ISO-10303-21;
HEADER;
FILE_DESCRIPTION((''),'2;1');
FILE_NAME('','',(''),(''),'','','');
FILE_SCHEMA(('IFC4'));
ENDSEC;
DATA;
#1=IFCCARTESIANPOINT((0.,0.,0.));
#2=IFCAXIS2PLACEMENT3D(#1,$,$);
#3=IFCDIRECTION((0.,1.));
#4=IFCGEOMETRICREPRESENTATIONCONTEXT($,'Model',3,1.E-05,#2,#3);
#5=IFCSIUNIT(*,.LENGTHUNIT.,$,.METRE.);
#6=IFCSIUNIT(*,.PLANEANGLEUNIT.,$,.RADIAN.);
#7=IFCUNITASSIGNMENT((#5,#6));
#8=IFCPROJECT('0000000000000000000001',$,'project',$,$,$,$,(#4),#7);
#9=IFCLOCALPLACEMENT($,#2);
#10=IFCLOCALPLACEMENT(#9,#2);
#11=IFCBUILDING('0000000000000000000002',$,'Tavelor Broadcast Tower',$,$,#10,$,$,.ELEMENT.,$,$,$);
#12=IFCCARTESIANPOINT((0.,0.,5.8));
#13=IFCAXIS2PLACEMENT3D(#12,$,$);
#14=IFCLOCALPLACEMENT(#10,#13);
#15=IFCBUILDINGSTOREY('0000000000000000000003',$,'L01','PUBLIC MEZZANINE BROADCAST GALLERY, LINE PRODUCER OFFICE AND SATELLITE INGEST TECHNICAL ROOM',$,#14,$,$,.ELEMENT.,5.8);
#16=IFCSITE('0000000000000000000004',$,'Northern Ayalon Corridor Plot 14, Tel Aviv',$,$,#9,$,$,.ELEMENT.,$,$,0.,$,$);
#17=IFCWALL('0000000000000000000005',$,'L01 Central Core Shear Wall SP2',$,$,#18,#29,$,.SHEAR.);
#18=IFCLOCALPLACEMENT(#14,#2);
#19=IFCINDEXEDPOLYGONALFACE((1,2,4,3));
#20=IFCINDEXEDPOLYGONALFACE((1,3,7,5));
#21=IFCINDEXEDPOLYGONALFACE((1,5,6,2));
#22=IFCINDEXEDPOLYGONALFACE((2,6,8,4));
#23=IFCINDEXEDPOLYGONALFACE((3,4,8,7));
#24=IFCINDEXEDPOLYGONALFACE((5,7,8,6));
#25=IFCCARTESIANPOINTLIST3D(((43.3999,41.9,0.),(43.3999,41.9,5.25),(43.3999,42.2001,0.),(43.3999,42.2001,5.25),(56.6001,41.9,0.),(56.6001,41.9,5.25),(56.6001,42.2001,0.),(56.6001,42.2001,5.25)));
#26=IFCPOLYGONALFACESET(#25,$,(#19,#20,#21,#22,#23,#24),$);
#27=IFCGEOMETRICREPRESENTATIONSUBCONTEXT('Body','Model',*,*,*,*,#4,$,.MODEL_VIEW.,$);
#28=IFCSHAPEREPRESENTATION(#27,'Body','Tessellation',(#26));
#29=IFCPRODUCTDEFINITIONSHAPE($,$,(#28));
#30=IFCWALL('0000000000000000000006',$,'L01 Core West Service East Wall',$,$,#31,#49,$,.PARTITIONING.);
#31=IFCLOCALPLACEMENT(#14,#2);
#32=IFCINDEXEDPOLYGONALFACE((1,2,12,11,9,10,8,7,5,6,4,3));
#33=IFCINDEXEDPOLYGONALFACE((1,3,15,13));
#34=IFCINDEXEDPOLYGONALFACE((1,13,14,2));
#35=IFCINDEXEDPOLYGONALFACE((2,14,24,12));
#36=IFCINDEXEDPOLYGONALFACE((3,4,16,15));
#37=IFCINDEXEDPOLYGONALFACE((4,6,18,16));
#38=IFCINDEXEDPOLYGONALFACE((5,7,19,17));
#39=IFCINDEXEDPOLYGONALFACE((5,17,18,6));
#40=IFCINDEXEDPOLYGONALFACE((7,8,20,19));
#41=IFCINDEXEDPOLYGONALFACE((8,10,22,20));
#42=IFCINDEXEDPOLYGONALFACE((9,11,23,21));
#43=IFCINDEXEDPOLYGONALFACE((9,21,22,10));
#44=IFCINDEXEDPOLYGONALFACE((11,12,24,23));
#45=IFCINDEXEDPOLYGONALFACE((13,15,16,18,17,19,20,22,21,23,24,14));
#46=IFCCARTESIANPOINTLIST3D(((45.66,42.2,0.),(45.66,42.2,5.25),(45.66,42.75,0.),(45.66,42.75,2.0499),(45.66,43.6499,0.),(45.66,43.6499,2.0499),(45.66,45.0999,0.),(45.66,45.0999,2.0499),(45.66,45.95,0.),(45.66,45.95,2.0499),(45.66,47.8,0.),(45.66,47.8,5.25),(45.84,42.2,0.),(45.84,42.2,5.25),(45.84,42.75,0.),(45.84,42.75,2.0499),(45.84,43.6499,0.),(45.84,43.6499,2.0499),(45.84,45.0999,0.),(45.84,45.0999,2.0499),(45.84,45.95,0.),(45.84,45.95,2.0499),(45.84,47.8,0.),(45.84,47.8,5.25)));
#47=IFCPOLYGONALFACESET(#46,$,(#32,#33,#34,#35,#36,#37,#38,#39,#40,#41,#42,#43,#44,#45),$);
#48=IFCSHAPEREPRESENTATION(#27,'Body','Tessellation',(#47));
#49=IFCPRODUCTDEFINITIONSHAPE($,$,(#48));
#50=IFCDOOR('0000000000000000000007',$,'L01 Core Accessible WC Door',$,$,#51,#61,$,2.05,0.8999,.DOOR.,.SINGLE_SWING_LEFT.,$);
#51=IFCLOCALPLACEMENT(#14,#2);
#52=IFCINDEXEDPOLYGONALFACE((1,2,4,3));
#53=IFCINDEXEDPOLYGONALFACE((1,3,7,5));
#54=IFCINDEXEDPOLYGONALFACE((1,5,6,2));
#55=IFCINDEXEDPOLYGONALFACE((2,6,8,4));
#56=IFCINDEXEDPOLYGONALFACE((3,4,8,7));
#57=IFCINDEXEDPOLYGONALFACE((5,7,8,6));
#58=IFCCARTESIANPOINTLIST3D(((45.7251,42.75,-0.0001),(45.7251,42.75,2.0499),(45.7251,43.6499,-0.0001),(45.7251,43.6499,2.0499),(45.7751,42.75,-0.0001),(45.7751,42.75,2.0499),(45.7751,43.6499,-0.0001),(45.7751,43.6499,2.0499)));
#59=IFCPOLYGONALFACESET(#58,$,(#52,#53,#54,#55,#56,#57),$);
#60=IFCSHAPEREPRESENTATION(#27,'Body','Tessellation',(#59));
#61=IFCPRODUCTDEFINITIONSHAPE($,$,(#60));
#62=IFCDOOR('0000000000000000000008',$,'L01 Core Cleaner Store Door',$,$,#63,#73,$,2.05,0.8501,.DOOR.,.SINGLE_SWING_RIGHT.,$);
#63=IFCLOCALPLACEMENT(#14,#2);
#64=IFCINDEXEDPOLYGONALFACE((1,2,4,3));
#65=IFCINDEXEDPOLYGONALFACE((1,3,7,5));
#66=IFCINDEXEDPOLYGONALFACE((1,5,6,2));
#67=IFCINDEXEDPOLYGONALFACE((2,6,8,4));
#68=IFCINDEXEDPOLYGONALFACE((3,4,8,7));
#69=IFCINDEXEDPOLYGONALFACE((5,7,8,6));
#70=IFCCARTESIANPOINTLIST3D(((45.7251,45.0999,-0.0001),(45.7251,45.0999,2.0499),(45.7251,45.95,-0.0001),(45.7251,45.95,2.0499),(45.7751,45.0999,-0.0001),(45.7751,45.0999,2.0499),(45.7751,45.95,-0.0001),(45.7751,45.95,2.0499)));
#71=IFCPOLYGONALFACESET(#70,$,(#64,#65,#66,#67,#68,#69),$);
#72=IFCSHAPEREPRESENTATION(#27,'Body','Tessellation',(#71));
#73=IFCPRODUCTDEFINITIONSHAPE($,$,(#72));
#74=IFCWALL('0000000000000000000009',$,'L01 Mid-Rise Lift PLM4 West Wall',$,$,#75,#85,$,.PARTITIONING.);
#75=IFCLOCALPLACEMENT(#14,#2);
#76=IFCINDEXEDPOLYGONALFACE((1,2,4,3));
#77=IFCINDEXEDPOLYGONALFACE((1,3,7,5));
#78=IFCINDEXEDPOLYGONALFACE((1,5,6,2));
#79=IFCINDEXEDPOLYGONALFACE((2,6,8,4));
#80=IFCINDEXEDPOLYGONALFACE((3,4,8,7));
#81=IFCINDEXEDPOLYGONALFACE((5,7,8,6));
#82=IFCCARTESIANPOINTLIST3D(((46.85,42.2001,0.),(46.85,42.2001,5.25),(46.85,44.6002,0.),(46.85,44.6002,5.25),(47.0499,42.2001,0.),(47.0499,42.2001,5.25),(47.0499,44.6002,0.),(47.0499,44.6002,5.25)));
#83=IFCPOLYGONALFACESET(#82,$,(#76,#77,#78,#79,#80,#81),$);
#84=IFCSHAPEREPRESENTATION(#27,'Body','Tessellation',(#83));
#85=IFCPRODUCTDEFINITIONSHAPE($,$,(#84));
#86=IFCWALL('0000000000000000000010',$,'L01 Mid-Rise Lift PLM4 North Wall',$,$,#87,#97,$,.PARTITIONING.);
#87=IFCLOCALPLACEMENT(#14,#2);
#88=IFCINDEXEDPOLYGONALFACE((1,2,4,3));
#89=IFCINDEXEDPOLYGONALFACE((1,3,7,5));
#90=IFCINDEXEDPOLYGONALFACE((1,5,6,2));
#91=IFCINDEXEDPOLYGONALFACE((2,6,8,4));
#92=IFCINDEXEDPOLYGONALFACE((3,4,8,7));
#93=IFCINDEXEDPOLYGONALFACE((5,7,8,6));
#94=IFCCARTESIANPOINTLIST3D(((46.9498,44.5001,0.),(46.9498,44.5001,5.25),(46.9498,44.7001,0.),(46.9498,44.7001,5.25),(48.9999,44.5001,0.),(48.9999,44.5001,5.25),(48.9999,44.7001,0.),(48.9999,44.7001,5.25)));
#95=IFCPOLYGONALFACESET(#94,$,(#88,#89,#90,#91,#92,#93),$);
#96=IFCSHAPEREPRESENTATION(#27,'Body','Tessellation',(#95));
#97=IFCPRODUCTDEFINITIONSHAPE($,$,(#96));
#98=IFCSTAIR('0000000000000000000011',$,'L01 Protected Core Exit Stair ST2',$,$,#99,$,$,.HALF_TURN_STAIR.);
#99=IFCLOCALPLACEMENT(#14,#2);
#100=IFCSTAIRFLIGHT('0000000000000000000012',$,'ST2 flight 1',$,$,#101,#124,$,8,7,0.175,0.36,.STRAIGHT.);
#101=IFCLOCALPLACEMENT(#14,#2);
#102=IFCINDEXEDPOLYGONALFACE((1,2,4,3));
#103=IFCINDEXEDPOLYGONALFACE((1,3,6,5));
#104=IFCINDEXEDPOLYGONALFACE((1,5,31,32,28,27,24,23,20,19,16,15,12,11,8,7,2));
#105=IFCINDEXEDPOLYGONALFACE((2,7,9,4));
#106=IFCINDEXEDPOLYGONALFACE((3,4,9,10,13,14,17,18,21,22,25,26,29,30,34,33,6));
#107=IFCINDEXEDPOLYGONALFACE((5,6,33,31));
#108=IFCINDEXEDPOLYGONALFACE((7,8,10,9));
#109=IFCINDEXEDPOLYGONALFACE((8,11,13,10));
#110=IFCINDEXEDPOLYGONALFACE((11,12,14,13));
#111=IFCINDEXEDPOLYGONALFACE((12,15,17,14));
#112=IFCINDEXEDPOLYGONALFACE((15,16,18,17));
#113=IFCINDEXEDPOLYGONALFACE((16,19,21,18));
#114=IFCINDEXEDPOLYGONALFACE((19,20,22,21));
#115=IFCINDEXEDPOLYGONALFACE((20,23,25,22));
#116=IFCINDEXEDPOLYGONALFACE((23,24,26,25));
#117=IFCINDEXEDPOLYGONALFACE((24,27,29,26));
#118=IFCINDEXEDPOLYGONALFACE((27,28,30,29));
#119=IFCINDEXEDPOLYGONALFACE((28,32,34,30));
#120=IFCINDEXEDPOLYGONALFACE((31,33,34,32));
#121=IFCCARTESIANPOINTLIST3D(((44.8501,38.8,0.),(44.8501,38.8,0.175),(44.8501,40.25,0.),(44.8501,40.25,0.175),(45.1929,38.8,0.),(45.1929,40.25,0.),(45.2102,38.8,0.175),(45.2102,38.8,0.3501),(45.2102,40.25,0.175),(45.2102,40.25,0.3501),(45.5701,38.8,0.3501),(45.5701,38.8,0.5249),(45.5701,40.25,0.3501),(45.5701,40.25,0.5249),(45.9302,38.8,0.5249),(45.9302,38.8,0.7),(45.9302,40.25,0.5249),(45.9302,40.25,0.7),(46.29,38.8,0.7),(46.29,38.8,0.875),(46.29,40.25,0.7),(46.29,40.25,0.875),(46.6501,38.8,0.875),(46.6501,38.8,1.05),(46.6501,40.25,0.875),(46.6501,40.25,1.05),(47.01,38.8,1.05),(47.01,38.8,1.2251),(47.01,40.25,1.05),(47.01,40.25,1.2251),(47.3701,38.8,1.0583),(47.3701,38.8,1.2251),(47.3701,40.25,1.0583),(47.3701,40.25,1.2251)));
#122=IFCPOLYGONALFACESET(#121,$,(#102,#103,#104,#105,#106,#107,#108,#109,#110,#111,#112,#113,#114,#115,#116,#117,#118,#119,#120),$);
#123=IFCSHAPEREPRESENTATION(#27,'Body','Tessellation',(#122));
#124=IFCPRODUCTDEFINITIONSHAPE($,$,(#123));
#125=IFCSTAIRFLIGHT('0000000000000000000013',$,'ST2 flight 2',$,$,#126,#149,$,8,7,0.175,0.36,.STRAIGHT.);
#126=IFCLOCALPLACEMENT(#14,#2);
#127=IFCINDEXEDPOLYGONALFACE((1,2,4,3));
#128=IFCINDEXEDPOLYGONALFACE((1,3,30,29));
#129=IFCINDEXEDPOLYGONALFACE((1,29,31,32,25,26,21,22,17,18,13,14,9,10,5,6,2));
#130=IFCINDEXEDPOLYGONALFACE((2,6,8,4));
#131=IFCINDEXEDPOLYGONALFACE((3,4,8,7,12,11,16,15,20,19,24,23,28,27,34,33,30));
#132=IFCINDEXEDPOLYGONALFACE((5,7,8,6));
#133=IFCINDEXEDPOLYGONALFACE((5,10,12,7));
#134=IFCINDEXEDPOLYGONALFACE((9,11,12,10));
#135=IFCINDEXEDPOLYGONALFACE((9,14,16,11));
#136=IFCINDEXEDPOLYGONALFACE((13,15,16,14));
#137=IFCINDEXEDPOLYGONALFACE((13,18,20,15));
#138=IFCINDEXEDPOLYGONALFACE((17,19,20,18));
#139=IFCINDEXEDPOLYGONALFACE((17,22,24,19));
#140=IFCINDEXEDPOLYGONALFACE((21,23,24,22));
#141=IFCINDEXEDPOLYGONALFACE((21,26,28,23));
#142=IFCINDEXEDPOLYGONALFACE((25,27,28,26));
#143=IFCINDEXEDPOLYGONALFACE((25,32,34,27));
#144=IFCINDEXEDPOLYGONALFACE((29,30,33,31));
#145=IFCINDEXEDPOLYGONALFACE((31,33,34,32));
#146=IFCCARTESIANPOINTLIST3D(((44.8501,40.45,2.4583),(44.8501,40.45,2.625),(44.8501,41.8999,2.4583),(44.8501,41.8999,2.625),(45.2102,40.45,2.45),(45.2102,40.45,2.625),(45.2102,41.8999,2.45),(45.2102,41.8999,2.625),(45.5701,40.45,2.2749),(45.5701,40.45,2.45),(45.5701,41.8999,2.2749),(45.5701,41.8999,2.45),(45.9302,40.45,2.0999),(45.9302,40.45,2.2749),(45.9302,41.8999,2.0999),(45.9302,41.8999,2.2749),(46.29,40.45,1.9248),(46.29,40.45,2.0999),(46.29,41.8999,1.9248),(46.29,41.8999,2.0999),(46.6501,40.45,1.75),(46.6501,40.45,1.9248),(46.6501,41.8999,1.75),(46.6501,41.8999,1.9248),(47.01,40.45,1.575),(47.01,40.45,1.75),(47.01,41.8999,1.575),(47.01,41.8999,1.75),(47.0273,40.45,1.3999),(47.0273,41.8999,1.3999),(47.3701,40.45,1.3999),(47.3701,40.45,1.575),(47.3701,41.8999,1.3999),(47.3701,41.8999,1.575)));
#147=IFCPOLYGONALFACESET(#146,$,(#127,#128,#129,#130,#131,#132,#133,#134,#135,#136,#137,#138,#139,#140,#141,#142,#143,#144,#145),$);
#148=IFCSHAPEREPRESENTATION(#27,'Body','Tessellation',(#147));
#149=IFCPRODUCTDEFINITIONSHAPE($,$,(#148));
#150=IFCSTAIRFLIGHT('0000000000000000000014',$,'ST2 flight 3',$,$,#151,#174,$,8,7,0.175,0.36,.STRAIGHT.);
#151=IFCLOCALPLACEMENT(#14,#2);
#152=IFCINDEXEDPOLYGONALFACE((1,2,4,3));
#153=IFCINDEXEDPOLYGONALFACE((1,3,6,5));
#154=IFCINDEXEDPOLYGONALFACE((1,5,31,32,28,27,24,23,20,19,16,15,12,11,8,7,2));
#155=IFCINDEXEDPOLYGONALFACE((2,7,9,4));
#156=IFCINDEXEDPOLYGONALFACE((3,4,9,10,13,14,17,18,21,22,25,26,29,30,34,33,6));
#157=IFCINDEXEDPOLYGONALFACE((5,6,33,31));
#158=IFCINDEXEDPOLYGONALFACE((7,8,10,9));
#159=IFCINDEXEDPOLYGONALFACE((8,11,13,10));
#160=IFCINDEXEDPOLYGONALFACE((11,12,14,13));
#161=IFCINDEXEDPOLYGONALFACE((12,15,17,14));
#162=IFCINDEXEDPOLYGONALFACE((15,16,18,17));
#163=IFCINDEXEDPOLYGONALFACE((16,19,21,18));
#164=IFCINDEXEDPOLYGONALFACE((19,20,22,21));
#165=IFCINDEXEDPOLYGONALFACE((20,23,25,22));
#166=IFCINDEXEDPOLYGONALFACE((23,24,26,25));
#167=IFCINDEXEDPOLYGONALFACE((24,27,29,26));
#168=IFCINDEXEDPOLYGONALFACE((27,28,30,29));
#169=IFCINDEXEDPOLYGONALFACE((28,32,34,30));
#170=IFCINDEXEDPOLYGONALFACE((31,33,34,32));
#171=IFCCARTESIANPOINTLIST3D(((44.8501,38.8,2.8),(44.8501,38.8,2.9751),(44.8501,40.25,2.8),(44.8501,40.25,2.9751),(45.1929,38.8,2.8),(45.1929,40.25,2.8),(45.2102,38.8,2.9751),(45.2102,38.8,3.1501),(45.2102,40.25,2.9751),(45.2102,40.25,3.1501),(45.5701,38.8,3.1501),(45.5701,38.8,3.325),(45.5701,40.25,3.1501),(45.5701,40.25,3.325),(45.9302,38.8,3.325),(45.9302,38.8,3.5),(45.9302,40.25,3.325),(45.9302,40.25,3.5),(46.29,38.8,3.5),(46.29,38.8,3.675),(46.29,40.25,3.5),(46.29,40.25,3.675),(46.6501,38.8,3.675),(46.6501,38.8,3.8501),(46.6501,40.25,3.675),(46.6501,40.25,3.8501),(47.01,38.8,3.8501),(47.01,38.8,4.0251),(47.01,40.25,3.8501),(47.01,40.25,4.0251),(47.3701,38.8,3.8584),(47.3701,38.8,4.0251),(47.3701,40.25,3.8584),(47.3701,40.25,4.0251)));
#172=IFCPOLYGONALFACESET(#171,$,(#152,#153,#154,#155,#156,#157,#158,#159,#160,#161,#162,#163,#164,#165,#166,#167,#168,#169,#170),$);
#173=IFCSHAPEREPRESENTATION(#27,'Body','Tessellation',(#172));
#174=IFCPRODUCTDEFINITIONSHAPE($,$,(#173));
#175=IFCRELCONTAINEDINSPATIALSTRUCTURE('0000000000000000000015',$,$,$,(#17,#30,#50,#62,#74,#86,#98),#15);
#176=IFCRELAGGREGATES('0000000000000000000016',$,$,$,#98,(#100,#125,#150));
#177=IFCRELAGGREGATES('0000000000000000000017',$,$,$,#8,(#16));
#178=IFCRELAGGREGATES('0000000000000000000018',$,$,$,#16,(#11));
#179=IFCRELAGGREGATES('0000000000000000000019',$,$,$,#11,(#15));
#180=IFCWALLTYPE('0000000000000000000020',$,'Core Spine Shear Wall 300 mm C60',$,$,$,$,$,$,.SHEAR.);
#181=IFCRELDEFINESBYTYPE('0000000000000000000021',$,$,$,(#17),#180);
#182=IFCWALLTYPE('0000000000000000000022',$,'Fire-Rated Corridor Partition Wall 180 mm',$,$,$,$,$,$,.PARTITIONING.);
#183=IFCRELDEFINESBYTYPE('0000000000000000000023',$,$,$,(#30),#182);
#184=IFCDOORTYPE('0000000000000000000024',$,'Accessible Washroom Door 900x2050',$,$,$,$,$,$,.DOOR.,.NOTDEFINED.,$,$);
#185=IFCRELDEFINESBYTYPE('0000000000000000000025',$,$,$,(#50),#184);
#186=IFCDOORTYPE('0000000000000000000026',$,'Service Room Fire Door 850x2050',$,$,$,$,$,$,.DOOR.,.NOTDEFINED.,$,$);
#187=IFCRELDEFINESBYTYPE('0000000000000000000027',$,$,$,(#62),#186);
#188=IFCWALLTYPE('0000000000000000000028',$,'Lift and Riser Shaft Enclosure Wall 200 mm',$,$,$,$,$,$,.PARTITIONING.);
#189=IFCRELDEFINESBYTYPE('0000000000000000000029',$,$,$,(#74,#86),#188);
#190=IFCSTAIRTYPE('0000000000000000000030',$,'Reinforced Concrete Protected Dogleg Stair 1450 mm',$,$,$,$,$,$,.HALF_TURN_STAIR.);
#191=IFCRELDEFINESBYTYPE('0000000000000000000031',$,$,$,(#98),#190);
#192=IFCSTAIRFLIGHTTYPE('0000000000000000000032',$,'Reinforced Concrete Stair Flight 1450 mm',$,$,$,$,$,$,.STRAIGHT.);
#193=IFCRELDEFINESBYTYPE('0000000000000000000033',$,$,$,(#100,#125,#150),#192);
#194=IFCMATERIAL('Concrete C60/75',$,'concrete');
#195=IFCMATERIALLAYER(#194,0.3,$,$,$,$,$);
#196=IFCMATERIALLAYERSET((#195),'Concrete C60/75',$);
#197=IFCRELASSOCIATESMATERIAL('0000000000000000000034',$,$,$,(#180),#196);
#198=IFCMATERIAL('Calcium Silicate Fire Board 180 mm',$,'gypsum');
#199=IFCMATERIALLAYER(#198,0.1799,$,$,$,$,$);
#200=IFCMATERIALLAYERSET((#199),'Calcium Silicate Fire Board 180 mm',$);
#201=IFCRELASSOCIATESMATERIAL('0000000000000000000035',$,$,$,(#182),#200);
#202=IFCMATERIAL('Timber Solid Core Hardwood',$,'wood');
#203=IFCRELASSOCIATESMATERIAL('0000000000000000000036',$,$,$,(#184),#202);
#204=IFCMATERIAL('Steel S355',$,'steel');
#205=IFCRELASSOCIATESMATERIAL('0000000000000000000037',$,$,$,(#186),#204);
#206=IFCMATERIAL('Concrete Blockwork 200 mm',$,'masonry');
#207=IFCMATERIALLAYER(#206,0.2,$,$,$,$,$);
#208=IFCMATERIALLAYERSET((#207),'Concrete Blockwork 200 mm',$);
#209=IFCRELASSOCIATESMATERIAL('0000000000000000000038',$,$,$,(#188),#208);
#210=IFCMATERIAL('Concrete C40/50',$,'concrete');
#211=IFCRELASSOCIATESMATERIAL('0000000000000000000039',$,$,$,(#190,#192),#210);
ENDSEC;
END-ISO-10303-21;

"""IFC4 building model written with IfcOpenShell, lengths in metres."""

from ifc_helpers import new_model, si_unit, direction, frame, frame_2d, origin, place, context, subcontext, project, spatial, polyline, rectangle, outline, extrude, material, layer, layer_set, type_object, element, fill, aggregate, save


model = new_model("IFC4")

# Units and contexts
model_context = context("Model", 3, precision=1e-05, world=origin(), true_north=direction((0.0, 1.0)))
body_context = subcontext(model_context, "Body", "Model", "MODEL_VIEW")
ifc_project = project(units=[si_unit("LENGTHUNIT", "METRE"), si_unit("PLANEANGLEUNIT", "RADIAN")], contexts=[model_context])

# Site, building, storey
site_placement = place(None, origin())
site = spatial("IfcSite", under=ifc_project, at=site_placement, Name="Northern Ayalon Corridor Plot 14, Tel Aviv", CompositionType="ELEMENT", RefElevation=0.0)
building_placement = place(site_placement, origin())
building = spatial("IfcBuilding", under=site, at=building_placement, Name="Tavelor Broadcast Tower", CompositionType="ELEMENT")
storey_placement = place(building_placement, frame((0.0, 0.0, 5.8)))
storey = spatial("IfcBuildingStorey", under=building, at=storey_placement, Name="L01", Description="PUBLIC MEZZANINE BROADCAST GALLERY, LINE PRODUCER OFFICE AND SATELLITE INGEST TECHNICAL ROOM", CompositionType="ELEMENT", Elevation=5.8)

# Wall
ifc_material_1 = material(Name="Concrete C60/75", Category="concrete")
ifc_layer_1 = layer(ifc_material_1, 0.3)
ifc_layer_set_1 = layer_set([ifc_layer_1], Name="Concrete C60/75")
wall_type_1 = type_object("IfcWallType", Name="Core Spine Shear Wall 300 mm C60", PredefinedType="SHEAR", material=ifc_layer_set_1)
wall_1_placement = place(storey_placement, frame((43.3999, 42.05, 0.0), z_axis=(0.0, 0.0, 1.0), x_axis=(1.0, 0.0, 0.0)))
element("IfcWall", 1, at=wall_1_placement, inside=storey, type_object=wall_type_1, Name="L01 Central Core Shear Wall SP2", PredefinedType="SHEAR", context=body_context, shape_type="SweptSolid", body=[
    extrude(rectangle(XDim=13.2002, YDim=0.3, at=frame_2d((6.6001, 0.0))), origin(), (0.0, 0.0, 1.0), 5.25),
])

# Wall, openings, doors
ifc_material_2 = material(Name="Calcium Silicate Fire Board 180 mm", Category="gypsum")
ifc_layer_2 = layer(ifc_material_2, 0.1799)
ifc_layer_set_2 = layer_set([ifc_layer_2], Name="Calcium Silicate Fire Board 180 mm")
wall_type_2 = type_object("IfcWallType", Name="Fire-Rated Corridor Partition Wall 180 mm", PredefinedType="PARTITIONING", material=ifc_layer_set_2)
wall_2_placement = place(storey_placement, frame((45.75, 42.2, 0.0), z_axis=(0.0, 0.0, 1.0), x_axis=(0.0, 1.0, 0.0)))
wall_2 = element("IfcWall", 2, at=wall_2_placement, inside=storey, type_object=wall_type_2, Name="L01 Core West Service East Wall", PredefinedType="PARTITIONING", context=body_context, shape_type="SweptSolid", body=[
    extrude(rectangle(XDim=5.6001, YDim=0.1799, at=frame_2d((2.8, 0.0))), origin(), (0.0, 0.0, 1.0), 5.25),
])
opening_1_placement = place(wall_2_placement, frame((0.55, 0.0, 0.0)))
opening_1 = element("IfcOpeningElement", 3, at=opening_1_placement, cuts=wall_2, PredefinedType="OPENING", context=body_context, shape_type="SweptSolid", body=[
    extrude(rectangle(XDim=0.8999, YDim=2.05, at=frame_2d((0.45, 1.0249))), frame((0.0, 0.1001, 0.0), z_axis=(0.0, -1.0, 0.0), x_axis=(1.0, 0.0, 0.0)), (0.0, 0.0, 1.0), 0.2),
])
opening_2_placement = place(wall_2_placement, frame((2.8999, 0.0, 0.0)))
opening_2 = element("IfcOpeningElement", 4, at=opening_2_placement, cuts=wall_2, PredefinedType="OPENING", context=body_context, shape_type="SweptSolid", body=[
    extrude(rectangle(XDim=0.8501, YDim=2.05, at=frame_2d((0.425, 1.0249))), frame((0.0, 0.1001, 0.0), z_axis=(0.0, -1.0, 0.0), x_axis=(1.0, 0.0, 0.0)), (0.0, 0.0, 1.0), 0.2),
])
ifc_material_3 = material(Name="Timber Solid Core Hardwood", Category="wood")
door_type_1 = type_object("IfcDoorType", Name="Accessible Washroom Door 900x2050", OperationType="NOTDEFINED", PredefinedType="DOOR", material=ifc_material_3)
door_1_placement = place(opening_1_placement, origin())
door_1 = element("IfcDoor", 5, at=door_1_placement, inside=storey, type_object=door_type_1, Name="L01 Core Accessible WC Door", OperationType="SINGLE_SWING_LEFT", OverallHeight=2.05, OverallWidth=0.8999, PredefinedType="DOOR", context=body_context, shape_type="SweptSolid", body=[
    extrude(rectangle(XDim=0.8999, YDim=2.05, at=frame_2d((0.45, 1.0249))), frame((0.0, 0.0249, 0.0), z_axis=(0.0, -1.0, 0.0), x_axis=(1.0, 0.0, 0.0)), (0.0, 0.0, 1.0), 0.05),
])
fill(opening_1, door_1)
ifc_material_4 = material(Name="Steel S355", Category="steel")
door_type_2 = type_object("IfcDoorType", Name="Service Room Fire Door 850x2050", OperationType="NOTDEFINED", PredefinedType="DOOR", material=ifc_material_4)
door_2_placement = place(opening_2_placement, origin())
door_2 = element("IfcDoor", 6, at=door_2_placement, inside=storey, type_object=door_type_2, Name="L01 Core Cleaner Store Door", OperationType="SINGLE_SWING_RIGHT", OverallHeight=2.05, OverallWidth=0.8501, PredefinedType="DOOR", context=body_context, shape_type="SweptSolid", body=[
    extrude(rectangle(XDim=0.8501, YDim=2.05, at=frame_2d((0.425, 1.0249))), frame((0.0, 0.0249, 0.0), z_axis=(0.0, -1.0, 0.0), x_axis=(1.0, 0.0, 0.0)), (0.0, 0.0, 1.0), 0.05),
])
fill(opening_2, door_2)

# Walls
ifc_material_5 = material(Name="Concrete Blockwork 200 mm", Category="masonry")
ifc_layer_3 = layer(ifc_material_5, 0.2)
ifc_layer_set_3 = layer_set([ifc_layer_3], Name="Concrete Blockwork 200 mm")
wall_type_3 = type_object("IfcWallType", Name="Lift and Riser Shaft Enclosure Wall 200 mm", PredefinedType="PARTITIONING", material=ifc_layer_set_3)
wall_3_placement = place(storey_placement, frame((46.95, 42.2, 0.0), z_axis=(0.0, 0.0, 1.0), x_axis=(0.0, 1.0, 0.0)))
element("IfcWall", 7, at=wall_3_placement, inside=storey, type_object=wall_type_3, Name="L01 Mid-Rise Lift PLM4 West Wall", PredefinedType="PARTITIONING", context=body_context, shape_type="SweptSolid", body=[
    extrude(rectangle(XDim=2.4001, YDim=0.2, at=frame_2d((1.2002, 0.0))), origin(), (0.0, 0.0, 1.0), 5.25),
])
wall_4_placement = place(storey_placement, frame((46.95, 44.6001, 0.0), z_axis=(0.0, 0.0, 1.0), x_axis=(1.0, 0.0, 0.0)))
element("IfcWall", 8, at=wall_4_placement, inside=storey, type_object=wall_type_3, Name="L01 Mid-Rise Lift PLM4 North Wall", PredefinedType="PARTITIONING", context=body_context, shape_type="SweptSolid", body=[
    extrude(rectangle(XDim=2.05, YDim=0.2, at=frame_2d((1.0249, 0.0))), origin(), (0.0, 0.0, 1.0), 5.25),
])

# Stair, stair flights
ifc_material_6 = material(Name="Concrete C40/50", Category="concrete")
stair_type = type_object("IfcStairType", Name="Reinforced Concrete Protected Dogleg Stair 1450 mm", PredefinedType="HALF_TURN_STAIR", material=ifc_material_6)
stair_placement = place(storey_placement, origin())
stair = element("IfcStair", 9, at=stair_placement, inside=storey, type_object=stair_type, Name="L01 Protected Core Exit Stair ST2", PredefinedType="HALF_TURN_STAIR")
stair_flight_type = type_object("IfcStairFlightType", Name="Reinforced Concrete Stair Flight 1450 mm", PredefinedType="STRAIGHT", material=ifc_material_6)
stair_flight_1_placement = place(storey_placement, frame((44.8501, 39.5249, 0.0), z_axis=(0.0, 0.0, 1.0), x_axis=(1.0, 0.0, 0.0)))
stair_flight_1 = element("IfcStairFlight", 10, at=stair_flight_1_placement, type_object=stair_flight_type, Name="ST2 flight 1", NumberOfRisers=8, NumberOfTreads=7, PredefinedType="STRAIGHT", RiserHeight=0.175, TreadLength=0.36, context=body_context, shape_type="SweptSolid", body=[
    extrude(outline(polyline([(0.0, 0.0), (0.0, 0.175), (0.3601, 0.175), (0.3601, 0.3501), (0.72, 0.3501), (0.72, 0.5249), (1.0801, 0.5249), (1.0801, 0.7), (1.4399, 0.7), (1.4399, 0.875), (1.8, 0.875), (1.8, 1.05), (2.1599, 1.05), (2.1599, 1.2251), (2.52, 1.2251), (2.52, 1.3999), (2.52, 1.0583), (0.3428, 0.0), (0.0, 0.0)])), frame((0.0, 0.7251, 0.0), z_axis=(0.0, -1.0, 0.0), x_axis=(1.0, 0.0, 0.0)), (0.0, 0.0, 1.0), 1.45),
])
stair_flight_2_placement = place(storey_placement, frame((47.3701, 41.175, 1.3999), z_axis=(0.0, 0.0, 1.0), x_axis=(-1.0, 0.0, 0.0)))
stair_flight_2 = element("IfcStairFlight", 11, at=stair_flight_2_placement, type_object=stair_flight_type, Name="ST2 flight 2", NumberOfRisers=8, NumberOfTreads=7, PredefinedType="STRAIGHT", RiserHeight=0.175, TreadLength=0.36, context=body_context, shape_type="SweptSolid", body=[
    extrude(outline(polyline([(0.0, 0.0), (0.0, 0.175), (0.3601, 0.175), (0.3601, 0.3501), (0.72, 0.3501), (0.72, 0.5249), (1.0801, 0.5249), (1.0801, 0.7), (1.4399, 0.7), (1.4399, 0.875), (1.8, 0.875), (1.8, 1.05), (2.1599, 1.05), (2.1599, 1.2251), (2.52, 1.2251), (2.52, 1.3999), (2.52, 1.0583), (0.3428, 0.0), (0.0, 0.0)])), frame((0.0, 0.7251, 0.0), z_axis=(0.0, -1.0, 0.0), x_axis=(1.0, 0.0, 0.0)), (0.0, 0.0, 1.0), 1.45),
])
stair_flight_3_placement = place(storey_placement, frame((44.8501, 39.5249, 2.8), z_axis=(0.0, 0.0, 1.0), x_axis=(1.0, 0.0, 0.0)))
stair_flight_3 = element("IfcStairFlight", 12, at=stair_flight_3_placement, type_object=stair_flight_type, Name="ST2 flight 3", NumberOfRisers=8, NumberOfTreads=7, PredefinedType="STRAIGHT", RiserHeight=0.175, TreadLength=0.36, context=body_context, shape_type="SweptSolid", body=[
    extrude(outline(polyline([(0.0, 0.0), (0.0, 0.175), (0.3601, 0.175), (0.3601, 0.3501), (0.72, 0.3501), (0.72, 0.5249), (1.0801, 0.5249), (1.0801, 0.7), (1.4399, 0.7), (1.4399, 0.875), (1.8, 0.875), (1.8, 1.05), (2.1599, 1.05), (2.1599, 1.2251), (2.52, 1.2251), (2.52, 1.3999), (2.52, 1.0583), (0.3428, 0.0), (0.0, 0.0)])), frame((0.0, 0.7251, 0.0), z_axis=(0.0, -1.0, 0.0), x_axis=(1.0, 0.0, 0.0)), (0.0, 0.0, 1.0), 1.45),
])
aggregate(stair, [stair_flight_1, stair_flight_2, stair_flight_3])

save(model, "model.ifc")
